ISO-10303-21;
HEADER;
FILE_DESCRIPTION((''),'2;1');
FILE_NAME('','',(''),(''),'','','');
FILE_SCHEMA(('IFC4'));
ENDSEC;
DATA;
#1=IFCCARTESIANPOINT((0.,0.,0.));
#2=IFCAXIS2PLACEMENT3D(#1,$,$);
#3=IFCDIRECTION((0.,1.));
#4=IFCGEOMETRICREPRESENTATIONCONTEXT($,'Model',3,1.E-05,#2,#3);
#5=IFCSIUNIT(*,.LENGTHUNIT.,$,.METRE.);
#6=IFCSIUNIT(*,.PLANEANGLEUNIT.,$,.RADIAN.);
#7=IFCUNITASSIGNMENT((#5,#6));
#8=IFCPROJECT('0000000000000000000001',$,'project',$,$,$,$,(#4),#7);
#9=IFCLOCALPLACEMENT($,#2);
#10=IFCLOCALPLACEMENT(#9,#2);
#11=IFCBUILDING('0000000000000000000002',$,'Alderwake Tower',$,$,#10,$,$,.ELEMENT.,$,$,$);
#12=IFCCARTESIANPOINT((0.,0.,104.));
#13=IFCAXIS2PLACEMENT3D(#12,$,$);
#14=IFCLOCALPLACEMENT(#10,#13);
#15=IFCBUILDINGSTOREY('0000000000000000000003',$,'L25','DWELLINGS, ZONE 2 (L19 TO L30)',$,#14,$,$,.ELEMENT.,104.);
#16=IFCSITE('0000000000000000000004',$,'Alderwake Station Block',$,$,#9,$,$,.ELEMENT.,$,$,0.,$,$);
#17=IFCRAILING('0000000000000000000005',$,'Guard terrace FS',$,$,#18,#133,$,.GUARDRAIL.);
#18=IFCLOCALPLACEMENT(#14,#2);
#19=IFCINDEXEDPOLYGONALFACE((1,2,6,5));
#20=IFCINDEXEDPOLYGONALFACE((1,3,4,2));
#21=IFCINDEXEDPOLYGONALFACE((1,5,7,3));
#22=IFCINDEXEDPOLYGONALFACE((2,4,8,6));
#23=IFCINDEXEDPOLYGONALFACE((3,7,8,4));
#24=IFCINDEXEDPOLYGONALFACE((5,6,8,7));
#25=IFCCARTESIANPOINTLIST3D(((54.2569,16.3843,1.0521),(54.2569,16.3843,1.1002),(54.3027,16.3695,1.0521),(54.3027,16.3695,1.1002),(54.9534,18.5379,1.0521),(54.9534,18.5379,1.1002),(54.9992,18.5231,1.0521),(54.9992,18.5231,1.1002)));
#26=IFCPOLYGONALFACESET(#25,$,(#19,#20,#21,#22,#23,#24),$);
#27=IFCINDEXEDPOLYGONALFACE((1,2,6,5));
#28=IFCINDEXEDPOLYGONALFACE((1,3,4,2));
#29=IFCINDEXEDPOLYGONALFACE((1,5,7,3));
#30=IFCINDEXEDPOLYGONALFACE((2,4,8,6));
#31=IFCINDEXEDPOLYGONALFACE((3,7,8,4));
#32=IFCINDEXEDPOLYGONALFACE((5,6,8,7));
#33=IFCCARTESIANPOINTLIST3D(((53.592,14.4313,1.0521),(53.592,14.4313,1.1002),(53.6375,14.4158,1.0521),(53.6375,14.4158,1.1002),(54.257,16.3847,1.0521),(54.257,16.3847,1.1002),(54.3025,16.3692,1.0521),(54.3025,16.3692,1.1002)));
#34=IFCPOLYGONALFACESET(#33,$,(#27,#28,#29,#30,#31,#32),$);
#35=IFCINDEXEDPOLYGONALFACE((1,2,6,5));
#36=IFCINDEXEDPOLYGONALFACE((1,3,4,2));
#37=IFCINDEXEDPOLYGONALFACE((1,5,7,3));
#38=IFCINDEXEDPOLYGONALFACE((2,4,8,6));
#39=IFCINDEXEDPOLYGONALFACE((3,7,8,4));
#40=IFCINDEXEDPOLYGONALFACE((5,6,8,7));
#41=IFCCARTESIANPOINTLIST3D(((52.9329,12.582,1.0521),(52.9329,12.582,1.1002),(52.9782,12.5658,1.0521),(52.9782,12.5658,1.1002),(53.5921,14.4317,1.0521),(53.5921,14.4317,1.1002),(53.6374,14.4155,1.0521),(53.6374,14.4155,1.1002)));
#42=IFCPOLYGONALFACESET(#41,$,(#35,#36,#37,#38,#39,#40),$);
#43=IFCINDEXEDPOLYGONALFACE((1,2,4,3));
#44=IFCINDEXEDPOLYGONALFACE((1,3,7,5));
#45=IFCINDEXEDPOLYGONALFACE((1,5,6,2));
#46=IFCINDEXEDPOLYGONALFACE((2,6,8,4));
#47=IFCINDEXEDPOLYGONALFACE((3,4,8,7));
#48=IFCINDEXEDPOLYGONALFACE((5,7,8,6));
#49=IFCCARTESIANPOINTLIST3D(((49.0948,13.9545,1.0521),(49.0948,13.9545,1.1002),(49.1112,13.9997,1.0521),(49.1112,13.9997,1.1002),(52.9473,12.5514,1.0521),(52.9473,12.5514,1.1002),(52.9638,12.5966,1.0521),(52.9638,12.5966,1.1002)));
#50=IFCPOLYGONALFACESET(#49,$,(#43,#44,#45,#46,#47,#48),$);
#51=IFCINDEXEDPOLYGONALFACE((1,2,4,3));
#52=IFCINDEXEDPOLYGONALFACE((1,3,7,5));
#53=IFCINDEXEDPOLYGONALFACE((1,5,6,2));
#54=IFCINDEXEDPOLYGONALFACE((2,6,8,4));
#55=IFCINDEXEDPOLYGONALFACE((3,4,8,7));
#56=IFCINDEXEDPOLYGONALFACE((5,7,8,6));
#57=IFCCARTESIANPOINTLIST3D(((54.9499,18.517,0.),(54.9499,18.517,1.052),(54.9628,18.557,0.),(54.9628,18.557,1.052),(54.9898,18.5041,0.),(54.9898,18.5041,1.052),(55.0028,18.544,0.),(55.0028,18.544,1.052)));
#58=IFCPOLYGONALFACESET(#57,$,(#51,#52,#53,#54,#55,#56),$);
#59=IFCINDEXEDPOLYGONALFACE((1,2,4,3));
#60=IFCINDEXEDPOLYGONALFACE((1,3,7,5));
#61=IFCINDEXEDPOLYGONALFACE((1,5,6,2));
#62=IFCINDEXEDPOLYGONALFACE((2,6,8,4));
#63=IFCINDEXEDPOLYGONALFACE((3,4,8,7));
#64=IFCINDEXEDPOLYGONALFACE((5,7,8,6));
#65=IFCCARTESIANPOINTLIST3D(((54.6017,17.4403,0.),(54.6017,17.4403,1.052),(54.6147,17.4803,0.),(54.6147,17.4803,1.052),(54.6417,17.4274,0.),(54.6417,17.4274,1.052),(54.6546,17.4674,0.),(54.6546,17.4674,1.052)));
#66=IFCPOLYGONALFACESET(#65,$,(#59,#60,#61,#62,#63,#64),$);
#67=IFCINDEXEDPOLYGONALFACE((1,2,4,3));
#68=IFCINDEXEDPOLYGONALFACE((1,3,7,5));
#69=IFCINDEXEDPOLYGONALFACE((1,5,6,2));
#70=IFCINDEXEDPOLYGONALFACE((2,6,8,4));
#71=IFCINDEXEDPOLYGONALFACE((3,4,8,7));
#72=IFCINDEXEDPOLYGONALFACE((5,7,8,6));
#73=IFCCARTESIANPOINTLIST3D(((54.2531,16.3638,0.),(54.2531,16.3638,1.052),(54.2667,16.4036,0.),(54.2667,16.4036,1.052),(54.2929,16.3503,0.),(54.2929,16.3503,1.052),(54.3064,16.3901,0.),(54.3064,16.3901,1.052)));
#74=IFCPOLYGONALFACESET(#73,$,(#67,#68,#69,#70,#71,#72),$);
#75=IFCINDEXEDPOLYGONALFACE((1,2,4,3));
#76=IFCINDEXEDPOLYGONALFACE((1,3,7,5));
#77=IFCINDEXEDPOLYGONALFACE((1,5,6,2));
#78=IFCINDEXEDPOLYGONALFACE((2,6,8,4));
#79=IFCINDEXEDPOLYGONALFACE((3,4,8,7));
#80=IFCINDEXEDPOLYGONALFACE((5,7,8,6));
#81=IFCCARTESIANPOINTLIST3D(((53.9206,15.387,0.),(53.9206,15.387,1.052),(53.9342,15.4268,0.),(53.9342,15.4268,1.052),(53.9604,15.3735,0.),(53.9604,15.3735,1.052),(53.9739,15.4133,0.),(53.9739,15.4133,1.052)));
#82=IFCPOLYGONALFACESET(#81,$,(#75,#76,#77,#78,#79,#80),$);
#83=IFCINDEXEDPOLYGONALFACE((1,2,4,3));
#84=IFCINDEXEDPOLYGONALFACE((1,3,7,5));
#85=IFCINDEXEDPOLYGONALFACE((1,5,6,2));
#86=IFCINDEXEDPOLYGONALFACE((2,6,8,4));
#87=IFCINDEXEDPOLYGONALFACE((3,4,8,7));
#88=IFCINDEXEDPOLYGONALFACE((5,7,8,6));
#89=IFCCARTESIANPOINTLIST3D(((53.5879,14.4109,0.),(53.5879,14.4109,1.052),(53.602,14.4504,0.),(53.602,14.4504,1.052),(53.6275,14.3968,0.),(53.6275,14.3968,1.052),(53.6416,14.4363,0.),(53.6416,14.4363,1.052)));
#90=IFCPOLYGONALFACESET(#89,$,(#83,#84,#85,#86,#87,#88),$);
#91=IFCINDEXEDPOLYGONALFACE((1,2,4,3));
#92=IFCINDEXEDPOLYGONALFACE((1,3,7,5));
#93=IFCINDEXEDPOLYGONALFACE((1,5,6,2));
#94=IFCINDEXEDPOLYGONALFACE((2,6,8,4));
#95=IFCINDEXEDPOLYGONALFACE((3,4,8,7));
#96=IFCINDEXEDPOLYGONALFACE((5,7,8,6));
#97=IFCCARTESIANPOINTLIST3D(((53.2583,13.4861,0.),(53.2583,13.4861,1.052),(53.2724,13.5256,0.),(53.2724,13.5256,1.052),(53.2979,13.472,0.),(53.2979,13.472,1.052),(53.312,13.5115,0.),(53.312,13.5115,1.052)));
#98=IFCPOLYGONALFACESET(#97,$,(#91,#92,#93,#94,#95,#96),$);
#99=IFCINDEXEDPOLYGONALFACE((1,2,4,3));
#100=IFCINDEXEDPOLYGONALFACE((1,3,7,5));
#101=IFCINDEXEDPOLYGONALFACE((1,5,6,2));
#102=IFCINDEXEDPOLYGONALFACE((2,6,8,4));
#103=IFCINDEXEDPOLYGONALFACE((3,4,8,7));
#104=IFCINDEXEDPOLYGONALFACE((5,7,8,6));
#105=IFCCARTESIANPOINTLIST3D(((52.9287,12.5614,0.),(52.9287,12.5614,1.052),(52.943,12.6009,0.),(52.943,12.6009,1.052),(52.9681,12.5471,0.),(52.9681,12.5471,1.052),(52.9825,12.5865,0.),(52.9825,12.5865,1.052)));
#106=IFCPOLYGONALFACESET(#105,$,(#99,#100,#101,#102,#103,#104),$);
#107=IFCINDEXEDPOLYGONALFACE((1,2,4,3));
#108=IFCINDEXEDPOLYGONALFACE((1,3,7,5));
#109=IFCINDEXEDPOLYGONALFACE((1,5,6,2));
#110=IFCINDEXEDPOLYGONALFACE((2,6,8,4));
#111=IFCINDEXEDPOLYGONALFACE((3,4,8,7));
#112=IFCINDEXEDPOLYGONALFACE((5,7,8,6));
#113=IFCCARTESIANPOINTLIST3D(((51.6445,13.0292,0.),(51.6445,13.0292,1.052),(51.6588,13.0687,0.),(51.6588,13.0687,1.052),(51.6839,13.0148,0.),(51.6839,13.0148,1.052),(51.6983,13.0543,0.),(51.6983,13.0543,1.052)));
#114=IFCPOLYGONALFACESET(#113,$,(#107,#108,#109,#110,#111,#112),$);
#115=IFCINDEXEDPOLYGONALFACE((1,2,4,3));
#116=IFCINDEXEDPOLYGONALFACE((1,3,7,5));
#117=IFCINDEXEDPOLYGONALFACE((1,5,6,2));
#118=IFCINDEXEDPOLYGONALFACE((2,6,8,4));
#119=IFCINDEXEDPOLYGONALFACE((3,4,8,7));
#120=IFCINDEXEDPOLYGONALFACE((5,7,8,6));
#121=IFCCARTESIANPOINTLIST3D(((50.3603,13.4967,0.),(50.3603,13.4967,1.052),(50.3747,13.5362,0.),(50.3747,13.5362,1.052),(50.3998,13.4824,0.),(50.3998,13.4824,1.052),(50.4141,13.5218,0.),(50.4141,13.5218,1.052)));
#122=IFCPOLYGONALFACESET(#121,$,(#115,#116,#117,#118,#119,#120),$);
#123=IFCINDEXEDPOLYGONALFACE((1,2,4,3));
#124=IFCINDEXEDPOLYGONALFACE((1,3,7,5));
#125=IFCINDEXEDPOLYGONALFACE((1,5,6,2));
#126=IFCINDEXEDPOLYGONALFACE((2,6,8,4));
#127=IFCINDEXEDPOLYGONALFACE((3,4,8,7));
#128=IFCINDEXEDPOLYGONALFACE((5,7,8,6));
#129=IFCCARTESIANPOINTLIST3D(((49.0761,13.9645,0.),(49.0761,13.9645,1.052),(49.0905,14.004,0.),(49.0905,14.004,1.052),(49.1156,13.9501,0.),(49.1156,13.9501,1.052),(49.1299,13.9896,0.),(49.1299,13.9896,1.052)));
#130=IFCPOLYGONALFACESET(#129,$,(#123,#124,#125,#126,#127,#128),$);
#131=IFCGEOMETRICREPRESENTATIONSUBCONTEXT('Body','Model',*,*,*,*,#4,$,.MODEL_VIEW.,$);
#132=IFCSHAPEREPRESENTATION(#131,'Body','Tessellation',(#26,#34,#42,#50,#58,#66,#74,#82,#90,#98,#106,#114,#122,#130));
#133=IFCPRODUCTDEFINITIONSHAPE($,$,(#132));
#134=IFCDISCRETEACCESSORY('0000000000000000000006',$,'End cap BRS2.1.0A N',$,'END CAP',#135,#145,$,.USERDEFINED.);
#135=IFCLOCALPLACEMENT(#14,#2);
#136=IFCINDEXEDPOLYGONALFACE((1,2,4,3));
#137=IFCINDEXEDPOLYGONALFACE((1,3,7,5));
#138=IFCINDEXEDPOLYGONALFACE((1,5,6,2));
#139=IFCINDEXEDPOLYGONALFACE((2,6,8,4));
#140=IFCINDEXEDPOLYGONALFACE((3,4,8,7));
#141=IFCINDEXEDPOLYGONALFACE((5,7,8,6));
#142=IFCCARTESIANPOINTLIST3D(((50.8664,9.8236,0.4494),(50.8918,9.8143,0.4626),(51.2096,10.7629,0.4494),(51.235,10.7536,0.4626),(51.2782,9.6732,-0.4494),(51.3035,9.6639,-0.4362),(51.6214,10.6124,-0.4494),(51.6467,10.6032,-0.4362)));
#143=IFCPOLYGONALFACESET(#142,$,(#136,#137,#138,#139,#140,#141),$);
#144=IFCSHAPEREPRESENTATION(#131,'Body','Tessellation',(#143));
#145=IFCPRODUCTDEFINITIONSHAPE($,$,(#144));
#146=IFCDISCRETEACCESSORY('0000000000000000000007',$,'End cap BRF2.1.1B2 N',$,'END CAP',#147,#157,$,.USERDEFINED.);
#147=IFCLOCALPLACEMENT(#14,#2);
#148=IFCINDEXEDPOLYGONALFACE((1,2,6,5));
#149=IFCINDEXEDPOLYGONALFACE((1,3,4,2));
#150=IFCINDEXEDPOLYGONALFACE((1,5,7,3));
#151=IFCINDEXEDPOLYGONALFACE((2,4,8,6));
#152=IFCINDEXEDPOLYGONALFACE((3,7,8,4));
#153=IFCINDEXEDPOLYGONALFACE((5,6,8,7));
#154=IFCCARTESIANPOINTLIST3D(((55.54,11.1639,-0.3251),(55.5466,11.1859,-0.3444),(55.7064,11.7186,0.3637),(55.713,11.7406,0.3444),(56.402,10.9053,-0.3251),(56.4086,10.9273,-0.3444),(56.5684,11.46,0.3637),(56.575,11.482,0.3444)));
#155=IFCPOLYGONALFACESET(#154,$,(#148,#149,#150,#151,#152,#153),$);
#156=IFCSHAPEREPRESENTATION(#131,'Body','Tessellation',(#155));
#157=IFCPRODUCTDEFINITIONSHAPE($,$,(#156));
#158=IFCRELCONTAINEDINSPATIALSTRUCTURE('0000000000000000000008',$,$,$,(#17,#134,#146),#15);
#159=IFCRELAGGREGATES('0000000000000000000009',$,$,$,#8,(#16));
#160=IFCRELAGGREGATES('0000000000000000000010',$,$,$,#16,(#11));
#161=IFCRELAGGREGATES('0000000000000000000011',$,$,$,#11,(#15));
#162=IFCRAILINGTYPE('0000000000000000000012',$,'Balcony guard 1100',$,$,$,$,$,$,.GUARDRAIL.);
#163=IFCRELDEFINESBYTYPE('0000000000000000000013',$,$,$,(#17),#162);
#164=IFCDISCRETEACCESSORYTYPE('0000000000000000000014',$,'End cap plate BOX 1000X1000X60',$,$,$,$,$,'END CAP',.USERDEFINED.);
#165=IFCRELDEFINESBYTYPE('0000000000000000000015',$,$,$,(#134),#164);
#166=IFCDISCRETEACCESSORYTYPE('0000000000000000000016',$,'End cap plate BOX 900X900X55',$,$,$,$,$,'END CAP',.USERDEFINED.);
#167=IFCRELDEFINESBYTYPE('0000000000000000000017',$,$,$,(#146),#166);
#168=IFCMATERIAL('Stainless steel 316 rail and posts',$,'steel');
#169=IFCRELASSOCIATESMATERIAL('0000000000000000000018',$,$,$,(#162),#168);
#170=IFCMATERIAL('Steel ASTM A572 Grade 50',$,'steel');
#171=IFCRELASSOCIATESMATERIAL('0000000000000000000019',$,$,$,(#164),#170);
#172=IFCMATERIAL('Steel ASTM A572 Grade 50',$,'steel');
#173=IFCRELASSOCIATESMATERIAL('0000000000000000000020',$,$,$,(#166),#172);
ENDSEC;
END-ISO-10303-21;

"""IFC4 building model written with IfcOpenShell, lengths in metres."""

from ifc_helpers import new_model, si_unit, direction, frame, origin, origin_2d, place, context, subcontext, project, spatial, rectangle, extrude, material, material_profile, profile_set, type_object, element, save


model = new_model("IFC4")

# Units and contexts
model_context = context("Model", 3, precision=1e-05, world=origin(), true_north=direction((0.0, 1.0)))
body_context = subcontext(model_context, "Body", "Model", "MODEL_VIEW")
ifc_project = project(units=[si_unit("LENGTHUNIT", "METRE"), si_unit("PLANEANGLEUNIT", "RADIAN")], contexts=[model_context])

# Site, building, storey
site_placement = place(None, origin())
site = spatial("IfcSite", under=ifc_project, at=site_placement, Name="Alderwake Station Block", CompositionType="ELEMENT", RefElevation=0.0)
building_placement = place(site_placement, origin())
building = spatial("IfcBuilding", under=site, at=building_placement, Name="Alderwake Tower", CompositionType="ELEMENT")
storey_placement = place(building_placement, frame((0.0, 0.0, 104.0)))
storey = spatial("IfcBuildingStorey", under=building, at=storey_placement, Name="L25", Description="DWELLINGS, ZONE 2 (L19 TO L30)", CompositionType="ELEMENT", Elevation=104.0)

# Railing
ifc_material_1 = material(Name="Stainless steel 316 rail and posts", Category="steel")
railing_type = type_object("IfcRailingType", Name="Balcony guard 1100", PredefinedType="GUARDRAIL", material=ifc_material_1)
railing_placement = place(storey_placement, frame((54.9763, 18.5305, 0.0)))
element("IfcRailing", 1, at=railing_placement, inside=storey, type_object=railing_type, Name="Guard terrace FS", PredefinedType="GUARDRAIL", context=body_context, shape_type="SweptSolid", body=[
    extrude(rectangle(XDim=0.0481, YDim=0.0481, at=origin_2d()), frame((0.0, 0.0, 1.0762), z_axis=(-0.307737, -0.951471, 0.0), x_axis=(0.951471, -0.307737, 0.0)), (0.0, 0.0, 1.0), 2.2634),
    extrude(rectangle(XDim=0.0481, YDim=0.0481, at=origin_2d()), frame((-0.6965, -2.1536, 1.0762), z_axis=(-0.322291, -0.946641, 0.0), x_axis=(0.946641, -0.322291, 0.0)), (0.0, 0.0, 1.0), 2.0635),
    extrude(rectangle(XDim=0.0481, YDim=0.0481, at=origin_2d()), frame((-1.3616, -4.1069, 1.0762), z_axis=(-0.335706, -0.941967, 0.0), x_axis=(0.941967, -0.335706, 0.0)), (0.0, 0.0, 1.0), 1.9636),
    extrude(rectangle(XDim=0.0481, YDim=0.0481, at=origin_2d()), frame((-2.0208, -5.9565, 1.0762), z_axis=(-0.939625, 0.342207, 0.0), x_axis=(-0.342207, -0.939625, 0.0)), (0.0, 0.0, 1.0), 4.1001),
    extrude(rectangle(XDim=0.042, YDim=0.042, at=origin_2d()), frame((0.0, 0.0, 0.0), z_axis=(0.0, 0.0, 1.0), x_axis=(-0.307737, -0.951471, 0.0)), (0.0, 0.0, 1.0), 1.052),
    extrude(rectangle(XDim=0.042, YDim=0.042, at=origin_2d()), frame((-0.3481, -1.0767, 0.0), z_axis=(0.0, 0.0, 1.0), x_axis=(-0.307737, -0.951471, 0.0)), (0.0, 0.0, 1.0), 1.052),
    extrude(rectangle(XDim=0.042, YDim=0.042, at=origin_2d()), frame((-0.6965, -2.1536, 0.0), z_axis=(0.0, 0.0, 1.0), x_axis=(-0.322291, -0.946641, 0.0)), (0.0, 0.0, 1.0), 1.052),
    extrude(rectangle(XDim=0.042, YDim=0.042, at=origin_2d()), frame((-1.0291, -3.1304, 0.0), z_axis=(0.0, 0.0, 1.0), x_axis=(-0.322291, -0.946641, 0.0)), (0.0, 0.0, 1.0), 1.052),
    extrude(rectangle(XDim=0.042, YDim=0.042, at=origin_2d()), frame((-1.3616, -4.1069, 0.0), z_axis=(0.0, 0.0, 1.0), x_axis=(-0.335706, -0.941967, 0.0)), (0.0, 0.0, 1.0), 1.052),
    extrude(rectangle(XDim=0.042, YDim=0.042, at=origin_2d()), frame((-1.6912, -5.0317, 0.0), z_axis=(0.0, 0.0, 1.0), x_axis=(-0.335706, -0.941967, 0.0)), (0.0, 0.0, 1.0), 1.052),
    extrude(rectangle(XDim=0.042, YDim=0.042, at=origin_2d()), frame((-2.0208, -5.9565, 0.0), z_axis=(0.0, 0.0, 1.0), x_axis=(-0.939625, 0.342207, 0.0)), (0.0, 0.0, 1.0), 1.052),
    extrude(rectangle(XDim=0.042, YDim=0.042, at=origin_2d()), frame((-3.3049, -5.4888, 0.0), z_axis=(0.0, 0.0, 1.0), x_axis=(-0.939625, 0.342207, 0.0)), (0.0, 0.0, 1.0), 1.052),
    extrude(rectangle(XDim=0.042, YDim=0.042, at=origin_2d()), frame((-4.5891, -5.0212, 0.0), z_axis=(0.0, 0.0, 1.0), x_axis=(-0.939625, 0.342207, 0.0)), (0.0, 0.0, 1.0), 1.052),
    extrude(rectangle(XDim=0.042, YDim=0.042, at=origin_2d()), frame((-5.8733, -4.5535, 0.0), z_axis=(0.0, 0.0, 1.0), x_axis=(-0.939625, 0.342207, 0.0)), (0.0, 0.0, 1.0), 1.052),
])

# Discrete accessories
ifc_material_2 = material(Name="Steel ASTM A572 Grade 50", Category="steel")
ifc_material_profile_1 = material_profile(ifc_material_2, rectangle(XDim=1.0, YDim=1.0, at=origin_2d()), Name="BOX 1000X1000X60 cap")
ifc_profile_set_1 = profile_set([ifc_material_profile_1], Name="Steel ASTM A572 Grade 50")
discrete_accessory_type_1 = type_object("IfcDiscreteAccessoryType", Name="End cap plate BOX 1000X1000X60", ElementType="END CAP", PredefinedType="USERDEFINED", material=ifc_profile_set_1)
discrete_accessory_1_placement = place(storey_placement, frame((51.2439, 10.218, 0.0), z_axis=(0.844218, -0.308464, 0.438344), x_axis=(0.343193, 0.939265, 0.0)))
element("IfcDiscreteAccessory", 2, at=discrete_accessory_1_placement, inside=storey, type_object=discrete_accessory_type_1, Name="End cap BRS2.1.0A N", ObjectType="END CAP", PredefinedType="USERDEFINED", context=body_context, shape_type="SweptSolid", body=[
    extrude(rectangle(XDim=1.0, YDim=1.0, at=origin_2d()), origin(), (0.0, 0.0, 1.0), 0.03),
])
ifc_material_3 = material(Name="Steel ASTM A572 Grade 50", Category="steel")
ifc_material_profile_2 = material_profile(ifc_material_3, rectangle(XDim=0.8999, YDim=0.8999, at=origin_2d()), Name="BOX 900X900X55 cap")
ifc_profile_set_2 = profile_set([ifc_material_profile_2], Name="Steel ASTM A572 Grade 50")
discrete_accessory_type_2 = type_object("IfcDiscreteAccessoryType", Name="End cap plate BOX 900X900X55", ElementType="END CAP", PredefinedType="USERDEFINED", material=ifc_profile_set_2)
discrete_accessory_2_placement = place(storey_placement, frame((56.0608, 11.334, 0.0), z_axis=(-0.219941, -0.733138, 0.643532), x_axis=(0.957826, -0.287348, 0.0)))
element("IfcDiscreteAccessory", 3, at=discrete_accessory_2_placement, inside=storey, type_object=discrete_accessory_type_2, Name="End cap BRF2.1.1B2 N", ObjectType="END CAP", PredefinedType="USERDEFINED", context=body_context, shape_type="SweptSolid", body=[
    extrude(rectangle(XDim=0.8999, YDim=0.8999, at=origin_2d()), origin(), (0.0, 0.0, 1.0), 0.03),
])

save(model, "model.ifc")
